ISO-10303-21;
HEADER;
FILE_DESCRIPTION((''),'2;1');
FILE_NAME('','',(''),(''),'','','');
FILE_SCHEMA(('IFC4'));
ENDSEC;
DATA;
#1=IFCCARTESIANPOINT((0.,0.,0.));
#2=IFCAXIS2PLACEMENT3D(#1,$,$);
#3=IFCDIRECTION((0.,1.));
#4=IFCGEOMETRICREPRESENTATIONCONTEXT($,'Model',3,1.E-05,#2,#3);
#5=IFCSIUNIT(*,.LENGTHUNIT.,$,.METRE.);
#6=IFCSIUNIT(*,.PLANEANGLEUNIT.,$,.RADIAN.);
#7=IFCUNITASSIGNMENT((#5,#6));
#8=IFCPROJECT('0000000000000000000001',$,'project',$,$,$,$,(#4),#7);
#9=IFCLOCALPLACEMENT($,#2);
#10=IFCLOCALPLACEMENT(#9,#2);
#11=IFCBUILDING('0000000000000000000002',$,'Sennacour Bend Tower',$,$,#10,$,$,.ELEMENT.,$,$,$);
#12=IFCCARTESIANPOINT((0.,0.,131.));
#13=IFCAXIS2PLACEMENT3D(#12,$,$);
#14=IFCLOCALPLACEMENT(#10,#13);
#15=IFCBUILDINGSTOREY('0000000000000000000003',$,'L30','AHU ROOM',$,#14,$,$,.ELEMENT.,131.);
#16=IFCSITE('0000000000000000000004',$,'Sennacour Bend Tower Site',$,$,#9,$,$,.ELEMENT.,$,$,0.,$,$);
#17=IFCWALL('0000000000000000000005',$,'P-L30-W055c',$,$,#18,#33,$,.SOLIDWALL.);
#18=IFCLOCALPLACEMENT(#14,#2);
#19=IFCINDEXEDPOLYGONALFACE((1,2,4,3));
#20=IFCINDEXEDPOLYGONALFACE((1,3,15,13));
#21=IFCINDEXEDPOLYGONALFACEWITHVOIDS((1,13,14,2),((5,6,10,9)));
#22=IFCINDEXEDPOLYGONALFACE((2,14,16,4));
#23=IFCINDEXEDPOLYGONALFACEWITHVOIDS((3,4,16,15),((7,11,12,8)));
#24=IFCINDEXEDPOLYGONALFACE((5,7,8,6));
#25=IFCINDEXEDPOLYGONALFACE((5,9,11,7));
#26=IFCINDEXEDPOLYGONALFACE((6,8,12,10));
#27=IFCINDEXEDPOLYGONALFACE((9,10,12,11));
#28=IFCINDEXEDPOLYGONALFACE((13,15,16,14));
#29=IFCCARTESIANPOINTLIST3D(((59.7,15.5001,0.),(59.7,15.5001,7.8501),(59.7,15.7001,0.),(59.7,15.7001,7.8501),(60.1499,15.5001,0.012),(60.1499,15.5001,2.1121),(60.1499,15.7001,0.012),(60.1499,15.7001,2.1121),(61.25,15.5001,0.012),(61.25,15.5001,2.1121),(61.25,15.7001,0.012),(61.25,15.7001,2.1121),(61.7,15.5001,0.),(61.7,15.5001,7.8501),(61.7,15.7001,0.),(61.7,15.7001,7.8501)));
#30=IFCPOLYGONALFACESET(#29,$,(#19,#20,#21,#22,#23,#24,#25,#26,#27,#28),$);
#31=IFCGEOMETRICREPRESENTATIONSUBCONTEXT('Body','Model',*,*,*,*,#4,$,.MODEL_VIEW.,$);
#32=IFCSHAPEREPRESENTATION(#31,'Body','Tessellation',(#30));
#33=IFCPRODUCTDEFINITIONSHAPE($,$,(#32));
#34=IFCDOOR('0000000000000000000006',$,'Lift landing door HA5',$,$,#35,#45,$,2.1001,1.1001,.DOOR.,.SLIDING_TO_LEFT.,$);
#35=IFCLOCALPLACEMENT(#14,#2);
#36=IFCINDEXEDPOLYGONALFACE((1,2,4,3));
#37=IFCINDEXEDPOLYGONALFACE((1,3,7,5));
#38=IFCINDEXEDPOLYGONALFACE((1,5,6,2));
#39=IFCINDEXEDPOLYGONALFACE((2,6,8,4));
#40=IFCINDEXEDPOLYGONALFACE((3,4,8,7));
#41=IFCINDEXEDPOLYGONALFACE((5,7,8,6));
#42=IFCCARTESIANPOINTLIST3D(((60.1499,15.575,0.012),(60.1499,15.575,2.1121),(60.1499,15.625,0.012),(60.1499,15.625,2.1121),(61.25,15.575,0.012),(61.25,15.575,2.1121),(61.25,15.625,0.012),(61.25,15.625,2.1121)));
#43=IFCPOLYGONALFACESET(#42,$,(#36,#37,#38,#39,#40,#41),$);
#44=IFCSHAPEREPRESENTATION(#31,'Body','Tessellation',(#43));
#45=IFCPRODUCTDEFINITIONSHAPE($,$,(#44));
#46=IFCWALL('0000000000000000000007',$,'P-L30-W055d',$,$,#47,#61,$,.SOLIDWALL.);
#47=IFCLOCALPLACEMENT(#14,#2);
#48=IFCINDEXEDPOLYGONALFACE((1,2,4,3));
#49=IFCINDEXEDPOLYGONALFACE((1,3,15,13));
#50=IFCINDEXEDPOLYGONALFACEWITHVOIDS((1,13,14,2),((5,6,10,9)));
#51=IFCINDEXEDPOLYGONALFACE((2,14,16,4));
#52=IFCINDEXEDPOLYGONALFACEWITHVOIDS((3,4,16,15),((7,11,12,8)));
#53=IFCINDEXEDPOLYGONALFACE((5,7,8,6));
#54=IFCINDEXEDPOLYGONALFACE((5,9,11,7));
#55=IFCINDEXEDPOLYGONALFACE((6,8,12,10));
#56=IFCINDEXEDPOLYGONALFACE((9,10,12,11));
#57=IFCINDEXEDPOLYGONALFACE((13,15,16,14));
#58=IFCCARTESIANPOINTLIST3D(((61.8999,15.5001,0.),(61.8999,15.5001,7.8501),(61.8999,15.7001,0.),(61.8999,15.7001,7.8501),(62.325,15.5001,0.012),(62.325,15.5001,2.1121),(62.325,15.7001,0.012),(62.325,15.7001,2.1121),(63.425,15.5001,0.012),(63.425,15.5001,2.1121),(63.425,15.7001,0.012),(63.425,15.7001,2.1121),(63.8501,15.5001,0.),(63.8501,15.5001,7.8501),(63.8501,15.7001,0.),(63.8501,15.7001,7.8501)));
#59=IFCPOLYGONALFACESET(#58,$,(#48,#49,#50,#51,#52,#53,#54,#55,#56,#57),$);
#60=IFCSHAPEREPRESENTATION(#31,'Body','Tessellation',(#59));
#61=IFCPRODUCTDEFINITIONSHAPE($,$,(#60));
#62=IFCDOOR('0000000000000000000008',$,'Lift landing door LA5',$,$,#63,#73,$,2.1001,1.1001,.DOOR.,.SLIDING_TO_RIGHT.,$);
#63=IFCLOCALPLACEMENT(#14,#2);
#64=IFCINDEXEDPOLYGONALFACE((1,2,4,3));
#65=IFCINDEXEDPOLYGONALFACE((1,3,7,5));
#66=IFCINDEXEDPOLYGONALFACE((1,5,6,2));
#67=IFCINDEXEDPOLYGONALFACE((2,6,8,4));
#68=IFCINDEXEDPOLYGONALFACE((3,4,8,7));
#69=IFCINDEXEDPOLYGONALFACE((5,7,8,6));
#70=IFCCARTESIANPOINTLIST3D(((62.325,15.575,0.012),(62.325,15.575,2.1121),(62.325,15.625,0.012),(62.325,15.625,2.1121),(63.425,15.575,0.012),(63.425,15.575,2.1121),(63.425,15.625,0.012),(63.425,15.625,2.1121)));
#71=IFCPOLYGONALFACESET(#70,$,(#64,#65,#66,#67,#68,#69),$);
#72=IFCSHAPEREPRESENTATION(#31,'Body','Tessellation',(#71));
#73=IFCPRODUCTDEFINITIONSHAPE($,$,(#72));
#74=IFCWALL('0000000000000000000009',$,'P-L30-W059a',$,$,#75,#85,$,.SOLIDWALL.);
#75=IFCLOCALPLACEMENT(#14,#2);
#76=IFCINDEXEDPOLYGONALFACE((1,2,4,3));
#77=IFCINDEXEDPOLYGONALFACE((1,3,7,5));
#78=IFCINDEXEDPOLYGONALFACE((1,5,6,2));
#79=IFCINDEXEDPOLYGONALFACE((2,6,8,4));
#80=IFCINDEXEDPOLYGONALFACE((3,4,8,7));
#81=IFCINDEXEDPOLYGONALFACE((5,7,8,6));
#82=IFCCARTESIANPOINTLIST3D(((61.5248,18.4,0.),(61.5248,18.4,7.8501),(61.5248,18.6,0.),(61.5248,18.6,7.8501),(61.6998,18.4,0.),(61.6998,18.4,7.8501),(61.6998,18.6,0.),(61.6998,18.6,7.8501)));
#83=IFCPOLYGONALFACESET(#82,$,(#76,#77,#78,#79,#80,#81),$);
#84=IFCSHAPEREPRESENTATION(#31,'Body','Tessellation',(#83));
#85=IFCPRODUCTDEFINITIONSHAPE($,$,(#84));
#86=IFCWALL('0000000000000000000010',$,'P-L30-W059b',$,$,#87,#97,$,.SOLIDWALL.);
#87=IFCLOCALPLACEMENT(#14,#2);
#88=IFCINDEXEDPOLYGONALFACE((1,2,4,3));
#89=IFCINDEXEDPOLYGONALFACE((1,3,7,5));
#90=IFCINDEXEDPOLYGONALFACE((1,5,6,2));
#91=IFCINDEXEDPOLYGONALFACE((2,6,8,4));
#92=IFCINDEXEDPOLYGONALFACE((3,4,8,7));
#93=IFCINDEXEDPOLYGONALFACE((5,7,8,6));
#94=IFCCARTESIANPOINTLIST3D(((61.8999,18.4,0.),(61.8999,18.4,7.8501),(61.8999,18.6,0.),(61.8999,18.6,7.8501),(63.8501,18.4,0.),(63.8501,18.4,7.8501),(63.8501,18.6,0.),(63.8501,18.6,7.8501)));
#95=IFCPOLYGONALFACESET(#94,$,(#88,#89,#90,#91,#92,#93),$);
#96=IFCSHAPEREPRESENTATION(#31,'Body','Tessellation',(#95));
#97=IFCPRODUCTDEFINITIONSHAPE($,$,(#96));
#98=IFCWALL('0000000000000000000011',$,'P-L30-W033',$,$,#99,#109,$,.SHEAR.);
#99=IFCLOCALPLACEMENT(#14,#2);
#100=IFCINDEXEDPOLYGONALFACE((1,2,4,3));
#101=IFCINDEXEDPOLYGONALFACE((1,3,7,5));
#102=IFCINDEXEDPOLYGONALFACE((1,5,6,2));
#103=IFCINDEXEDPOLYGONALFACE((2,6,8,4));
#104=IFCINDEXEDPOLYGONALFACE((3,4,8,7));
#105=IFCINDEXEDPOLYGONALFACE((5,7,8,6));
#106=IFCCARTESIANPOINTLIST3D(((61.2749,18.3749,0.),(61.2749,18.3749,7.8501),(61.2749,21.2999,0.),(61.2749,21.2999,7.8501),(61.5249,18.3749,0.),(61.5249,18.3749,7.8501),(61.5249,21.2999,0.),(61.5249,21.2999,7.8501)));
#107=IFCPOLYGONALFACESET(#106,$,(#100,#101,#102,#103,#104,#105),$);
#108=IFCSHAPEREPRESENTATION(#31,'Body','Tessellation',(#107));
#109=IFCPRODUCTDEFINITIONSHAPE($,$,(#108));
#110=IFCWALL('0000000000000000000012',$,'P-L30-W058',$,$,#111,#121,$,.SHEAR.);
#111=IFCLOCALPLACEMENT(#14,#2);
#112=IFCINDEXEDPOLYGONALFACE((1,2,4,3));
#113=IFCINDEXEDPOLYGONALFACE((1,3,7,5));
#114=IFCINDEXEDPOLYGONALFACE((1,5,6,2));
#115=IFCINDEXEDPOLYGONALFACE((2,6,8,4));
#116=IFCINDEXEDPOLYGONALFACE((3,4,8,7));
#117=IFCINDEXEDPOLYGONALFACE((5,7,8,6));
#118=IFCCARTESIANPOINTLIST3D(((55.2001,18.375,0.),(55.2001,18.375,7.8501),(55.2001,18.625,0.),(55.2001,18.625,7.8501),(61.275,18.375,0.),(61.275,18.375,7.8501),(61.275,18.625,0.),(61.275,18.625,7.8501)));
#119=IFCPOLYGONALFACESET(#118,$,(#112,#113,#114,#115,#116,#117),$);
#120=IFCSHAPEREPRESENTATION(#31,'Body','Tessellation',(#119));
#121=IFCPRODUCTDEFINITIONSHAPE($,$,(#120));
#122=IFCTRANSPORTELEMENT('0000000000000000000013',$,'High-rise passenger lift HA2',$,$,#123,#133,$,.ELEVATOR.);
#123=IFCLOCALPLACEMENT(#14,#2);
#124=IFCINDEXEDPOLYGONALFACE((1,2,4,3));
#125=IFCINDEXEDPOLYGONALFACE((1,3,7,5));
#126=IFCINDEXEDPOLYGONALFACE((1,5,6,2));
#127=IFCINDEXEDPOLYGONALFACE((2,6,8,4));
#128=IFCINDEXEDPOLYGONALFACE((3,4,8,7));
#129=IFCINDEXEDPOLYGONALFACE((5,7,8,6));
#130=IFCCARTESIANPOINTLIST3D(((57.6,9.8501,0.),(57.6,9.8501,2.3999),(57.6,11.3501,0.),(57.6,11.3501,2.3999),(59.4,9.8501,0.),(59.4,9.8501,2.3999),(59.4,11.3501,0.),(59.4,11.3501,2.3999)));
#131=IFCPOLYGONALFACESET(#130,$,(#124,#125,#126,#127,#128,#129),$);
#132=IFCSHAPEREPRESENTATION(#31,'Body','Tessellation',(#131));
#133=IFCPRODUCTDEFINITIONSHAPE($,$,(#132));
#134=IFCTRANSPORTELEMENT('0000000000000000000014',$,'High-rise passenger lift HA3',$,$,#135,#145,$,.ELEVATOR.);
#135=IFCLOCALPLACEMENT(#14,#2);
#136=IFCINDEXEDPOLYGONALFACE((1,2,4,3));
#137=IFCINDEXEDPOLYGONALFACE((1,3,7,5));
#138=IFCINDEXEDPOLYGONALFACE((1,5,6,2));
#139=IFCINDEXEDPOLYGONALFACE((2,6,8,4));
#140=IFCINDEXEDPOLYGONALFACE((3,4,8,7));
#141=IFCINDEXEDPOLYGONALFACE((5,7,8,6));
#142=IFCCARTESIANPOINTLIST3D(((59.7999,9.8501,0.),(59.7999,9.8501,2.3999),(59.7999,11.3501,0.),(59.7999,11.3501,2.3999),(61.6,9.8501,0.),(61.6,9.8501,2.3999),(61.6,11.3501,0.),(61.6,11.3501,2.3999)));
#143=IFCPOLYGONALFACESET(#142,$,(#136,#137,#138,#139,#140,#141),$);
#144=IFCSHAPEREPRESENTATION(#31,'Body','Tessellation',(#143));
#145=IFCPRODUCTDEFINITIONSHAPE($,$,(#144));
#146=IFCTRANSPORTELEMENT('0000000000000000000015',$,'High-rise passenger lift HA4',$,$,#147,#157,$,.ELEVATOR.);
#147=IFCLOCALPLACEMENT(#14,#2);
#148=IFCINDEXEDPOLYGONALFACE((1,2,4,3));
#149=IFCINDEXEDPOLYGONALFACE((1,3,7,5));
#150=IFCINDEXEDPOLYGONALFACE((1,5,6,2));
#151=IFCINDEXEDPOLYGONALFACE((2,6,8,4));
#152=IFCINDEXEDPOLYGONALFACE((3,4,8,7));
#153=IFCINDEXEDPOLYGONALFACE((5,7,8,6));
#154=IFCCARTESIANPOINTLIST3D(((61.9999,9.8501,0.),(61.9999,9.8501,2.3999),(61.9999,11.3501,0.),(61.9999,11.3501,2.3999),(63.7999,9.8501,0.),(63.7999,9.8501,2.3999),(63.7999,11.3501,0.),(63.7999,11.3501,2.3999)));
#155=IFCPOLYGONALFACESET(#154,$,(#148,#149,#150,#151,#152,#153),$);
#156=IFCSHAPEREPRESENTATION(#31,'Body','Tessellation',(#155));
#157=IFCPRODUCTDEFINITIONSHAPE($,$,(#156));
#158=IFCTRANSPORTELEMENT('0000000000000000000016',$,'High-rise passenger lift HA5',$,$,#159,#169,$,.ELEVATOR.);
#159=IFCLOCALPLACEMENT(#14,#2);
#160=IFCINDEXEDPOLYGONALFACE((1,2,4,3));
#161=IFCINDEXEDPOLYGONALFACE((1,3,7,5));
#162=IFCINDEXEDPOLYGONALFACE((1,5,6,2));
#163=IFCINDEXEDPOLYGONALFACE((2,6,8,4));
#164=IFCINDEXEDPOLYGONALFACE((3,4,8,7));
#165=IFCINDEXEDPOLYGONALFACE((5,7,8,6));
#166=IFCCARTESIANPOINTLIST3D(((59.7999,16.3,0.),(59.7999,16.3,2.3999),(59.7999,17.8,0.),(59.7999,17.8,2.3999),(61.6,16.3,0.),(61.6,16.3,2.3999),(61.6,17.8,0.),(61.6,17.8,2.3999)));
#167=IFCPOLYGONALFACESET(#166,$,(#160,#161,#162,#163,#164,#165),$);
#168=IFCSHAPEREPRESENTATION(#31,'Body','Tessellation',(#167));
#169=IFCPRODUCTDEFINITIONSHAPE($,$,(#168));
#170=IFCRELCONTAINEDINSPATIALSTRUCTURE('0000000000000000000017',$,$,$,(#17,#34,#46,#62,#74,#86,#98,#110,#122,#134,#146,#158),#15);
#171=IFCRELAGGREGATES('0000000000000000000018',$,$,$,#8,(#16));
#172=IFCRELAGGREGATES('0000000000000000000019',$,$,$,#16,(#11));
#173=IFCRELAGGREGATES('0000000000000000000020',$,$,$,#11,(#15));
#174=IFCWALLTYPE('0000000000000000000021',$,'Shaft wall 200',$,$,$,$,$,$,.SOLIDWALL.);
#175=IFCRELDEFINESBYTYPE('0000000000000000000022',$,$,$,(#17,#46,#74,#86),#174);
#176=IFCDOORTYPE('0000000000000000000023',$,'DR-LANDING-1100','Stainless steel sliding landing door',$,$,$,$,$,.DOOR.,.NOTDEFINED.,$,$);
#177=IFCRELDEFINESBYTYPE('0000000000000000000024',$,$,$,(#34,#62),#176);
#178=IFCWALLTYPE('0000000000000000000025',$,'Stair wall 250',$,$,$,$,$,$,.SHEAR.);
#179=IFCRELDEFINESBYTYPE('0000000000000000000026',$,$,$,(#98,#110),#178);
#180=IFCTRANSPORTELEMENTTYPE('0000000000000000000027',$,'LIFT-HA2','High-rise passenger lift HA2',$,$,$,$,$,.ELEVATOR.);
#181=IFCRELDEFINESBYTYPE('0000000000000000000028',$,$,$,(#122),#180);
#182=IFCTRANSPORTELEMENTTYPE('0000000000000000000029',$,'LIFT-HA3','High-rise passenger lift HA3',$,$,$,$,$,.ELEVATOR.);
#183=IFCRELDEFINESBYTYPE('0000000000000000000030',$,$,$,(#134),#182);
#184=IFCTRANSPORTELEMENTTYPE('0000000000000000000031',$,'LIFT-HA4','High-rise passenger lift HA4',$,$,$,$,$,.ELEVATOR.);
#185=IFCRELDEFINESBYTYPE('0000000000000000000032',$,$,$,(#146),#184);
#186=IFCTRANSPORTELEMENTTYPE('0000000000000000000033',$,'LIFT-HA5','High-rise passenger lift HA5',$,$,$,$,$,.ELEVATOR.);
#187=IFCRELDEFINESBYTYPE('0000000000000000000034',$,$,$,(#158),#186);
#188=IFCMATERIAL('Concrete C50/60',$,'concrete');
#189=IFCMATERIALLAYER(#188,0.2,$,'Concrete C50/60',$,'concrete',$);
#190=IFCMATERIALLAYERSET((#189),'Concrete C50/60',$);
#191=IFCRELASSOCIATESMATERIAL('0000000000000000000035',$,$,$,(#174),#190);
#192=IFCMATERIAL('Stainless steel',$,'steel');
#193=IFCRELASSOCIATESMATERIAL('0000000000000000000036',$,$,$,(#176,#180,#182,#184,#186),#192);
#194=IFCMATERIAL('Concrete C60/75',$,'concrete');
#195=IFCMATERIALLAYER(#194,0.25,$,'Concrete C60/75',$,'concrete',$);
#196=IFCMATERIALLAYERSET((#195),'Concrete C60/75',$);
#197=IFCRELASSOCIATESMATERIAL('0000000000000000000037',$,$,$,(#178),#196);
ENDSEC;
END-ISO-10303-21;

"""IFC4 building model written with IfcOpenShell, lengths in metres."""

from ifc_helpers import new_model, si_unit, direction, frame, frame_2d, origin, origin_2d, place, context, subcontext, project, spatial, rectangle, extrude, material, layer, layer_set, type_object, element, fill, save


model = new_model("IFC4")

# Units and contexts
model_context = context("Model", 3, precision=1e-05, world=origin(), true_north=direction((0.0, 1.0)))
body_context = subcontext(model_context, "Body", "Model", "MODEL_VIEW")
ifc_project = project(units=[si_unit("LENGTHUNIT", "METRE"), si_unit("PLANEANGLEUNIT", "RADIAN")], contexts=[model_context])

# Site, building, storey
site_placement = place(None, origin())
site = spatial("IfcSite", under=ifc_project, at=site_placement, Name="Sennacour Bend Tower Site", CompositionType="ELEMENT", RefElevation=0.0)
building_placement = place(site_placement, origin())
building = spatial("IfcBuilding", under=site, at=building_placement, Name="Sennacour Bend Tower", CompositionType="ELEMENT")
storey_placement = place(building_placement, frame((0.0, 0.0, 131.0)))
storey = spatial("IfcBuildingStorey", under=building, at=storey_placement, Name="L30", Description="AHU ROOM", CompositionType="ELEMENT", Elevation=131.0)

# Shared definitions
ifc_material_1 = material(Name="Concrete C50/60", Category="concrete")
ifc_layer_1 = layer(ifc_material_1, 0.2, Name="Concrete C50/60", Category="concrete")
ifc_layer_set_1 = layer_set([ifc_layer_1], Name="Concrete C50/60")
wall_type_1 = type_object("IfcWallType", Name="Shaft wall 200", PredefinedType="SOLIDWALL", material=ifc_layer_set_1)

# Walls, openings, doors
ifc_material_2 = material(Name="Stainless steel", Category="steel")
wall_1_placement = place(storey_placement, frame((59.7, 15.6001, 0.0), z_axis=(0.0, 0.0, 1.0), x_axis=(1.0, 0.0, 0.0)))
wall_1 = element("IfcWall", 1, at=wall_1_placement, inside=storey, type_object=wall_type_1, Name="P-L30-W055c", PredefinedType="SOLIDWALL", context=body_context, shape_type="SweptSolid", body=[
    extrude(rectangle(XDim=2.0, YDim=0.2, at=frame_2d((1.0, 0.0))), origin(), (0.0, 0.0, 1.0), 7.8501),
])
opening_1_placement = place(wall_1_placement, frame((0.45, 0.0, 0.012)))
opening_1 = element("IfcOpeningElement", 2, at=opening_1_placement, cuts=wall_1, PredefinedType="OPENING", context=body_context, shape_type="SweptSolid", body=[
    extrude(rectangle(XDim=1.1001, YDim=2.1001, at=frame_2d((0.55, 1.05))), frame((0.0, 0.1099, 0.0), z_axis=(0.0, -1.0, 0.0), x_axis=(1.0, 0.0, 0.0)), (0.0, 0.0, 1.0), 0.22),
])
door_type_1 = type_object("IfcDoorType", Name="DR-LANDING-1100", Description="Stainless steel sliding landing door", OperationType="NOTDEFINED", PredefinedType="DOOR", material=ifc_material_2)
door_1_placement = place(opening_1_placement, origin())
door_1 = element("IfcDoor", 3, at=door_1_placement, inside=storey, type_object=door_type_1, Name="Lift landing door HA5", OperationType="SLIDING_TO_LEFT", OverallHeight=2.1001, OverallWidth=1.1001, PredefinedType="DOOR", context=body_context, shape_type="SweptSolid", body=[
    extrude(rectangle(XDim=1.1001, YDim=2.1001, at=frame_2d((0.55, 1.05))), frame((0.0, 0.0249, 0.0), z_axis=(0.0, -1.0, 0.0), x_axis=(1.0, 0.0, 0.0)), (0.0, 0.0, 1.0), 0.05),
])
fill(opening_1, door_1)
wall_2_placement = place(storey_placement, frame((61.8999, 15.6001, 0.0), z_axis=(0.0, 0.0, 1.0), x_axis=(1.0, 0.0, 0.0)))
wall_2 = element("IfcWall", 4, at=wall_2_placement, inside=storey, type_object=wall_type_1, Name="P-L30-W055d", PredefinedType="SOLIDWALL", context=body_context, shape_type="SweptSolid", body=[
    extrude(rectangle(XDim=1.9502, YDim=0.2, at=frame_2d((0.9751, 0.0))), origin(), (0.0, 0.0, 1.0), 7.8501),
])
opening_2_placement = place(wall_2_placement, frame((0.425, 0.0, 0.012)))
opening_2 = element("IfcOpeningElement", 5, at=opening_2_placement, cuts=wall_2, PredefinedType="OPENING", context=body_context, shape_type="SweptSolid", body=[
    extrude(rectangle(XDim=1.1001, YDim=2.1001, at=frame_2d((0.55, 1.05))), frame((0.0, 0.1099, 0.0), z_axis=(0.0, -1.0, 0.0), x_axis=(1.0, 0.0, 0.0)), (0.0, 0.0, 1.0), 0.22),
])
door_2_placement = place(opening_2_placement, origin())
door_2 = element("IfcDoor", 6, at=door_2_placement, inside=storey, type_object=door_type_1, Name="Lift landing door LA5", OperationType="SLIDING_TO_RIGHT", OverallHeight=2.1001, OverallWidth=1.1001, PredefinedType="DOOR", context=body_context, shape_type="SweptSolid", body=[
    extrude(rectangle(XDim=1.1001, YDim=2.1001, at=frame_2d((0.55, 1.05))), frame((0.0, 0.0249, 0.0), z_axis=(0.0, -1.0, 0.0), x_axis=(1.0, 0.0, 0.0)), (0.0, 0.0, 1.0), 0.05),
])
fill(opening_2, door_2)

# Walls
wall_3_placement = place(storey_placement, frame((61.5249, 18.5, 0.0), z_axis=(0.0, 0.0, 1.0), x_axis=(1.0, 0.0, 0.0)))
element("IfcWall", 7, at=wall_3_placement, inside=storey, type_object=wall_type_1, Name="P-L30-W059a", PredefinedType="SOLIDWALL", context=body_context, shape_type="SweptSolid", body=[
    extrude(rectangle(XDim=0.175, YDim=0.2, at=frame_2d((0.0874, 0.0))), origin(), (0.0, 0.0, 1.0), 7.8501),
])
wall_4_placement = place(storey_placement, frame((61.8999, 18.5, 0.0), z_axis=(0.0, 0.0, 1.0), x_axis=(1.0, 0.0, 0.0)))
element("IfcWall", 8, at=wall_4_placement, inside=storey, type_object=wall_type_1, Name="P-L30-W059b", PredefinedType="SOLIDWALL", context=body_context, shape_type="SweptSolid", body=[
    extrude(rectangle(XDim=1.9502, YDim=0.2, at=frame_2d((0.9751, 0.0))), origin(), (0.0, 0.0, 1.0), 7.8501),
])
ifc_material_3 = material(Name="Concrete C60/75", Category="concrete")
ifc_layer_2 = layer(ifc_material_3, 0.25, Name="Concrete C60/75", Category="concrete")
ifc_layer_set_2 = layer_set([ifc_layer_2], Name="Concrete C60/75")
wall_type_2 = type_object("IfcWallType", Name="Stair wall 250", PredefinedType="SHEAR", material=ifc_layer_set_2)
wall_5_placement = place(storey_placement, frame((61.3999, 18.375, 0.0), z_axis=(0.0, 0.0, 1.0), x_axis=(0.0, 1.0, 0.0)))
element("IfcWall", 9, at=wall_5_placement, inside=storey, type_object=wall_type_2, Name="P-L30-W033", PredefinedType="SHEAR", context=body_context, shape_type="SweptSolid", body=[
    extrude(rectangle(XDim=2.925, YDim=0.25, at=frame_2d((1.4624, 0.0))), origin(), (0.0, 0.0, 1.0), 7.8501),
])
wall_6_placement = place(storey_placement, frame((55.2, 18.5, 0.0), z_axis=(0.0, 0.0, 1.0), x_axis=(1.0, 0.0, 0.0)))
element("IfcWall", 10, at=wall_6_placement, inside=storey, type_object=wall_type_2, Name="P-L30-W058", PredefinedType="SHEAR", context=body_context, shape_type="SweptSolid", body=[
    extrude(rectangle(XDim=6.075, YDim=0.25, at=frame_2d((3.0376, 0.0))), origin(), (0.0, 0.0, 1.0), 7.8501),
])

# Transport elements
transport_element_type_1 = type_object("IfcTransportElementType", Name="LIFT-HA2", Description="High-rise passenger lift HA2", PredefinedType="ELEVATOR", material=ifc_material_2)
transport_element_1_placement = place(storey_placement, frame((58.5, 10.6001, 0.0), z_axis=(0.0, 0.0, 1.0), x_axis=(1.0, 0.0, 0.0)))
element("IfcTransportElement", 11, at=transport_element_1_placement, inside=storey, type_object=transport_element_type_1, Name="High-rise passenger lift HA2", PredefinedType="ELEVATOR", context=body_context, shape_type="SweptSolid", body=[
    extrude(rectangle(XDim=1.8, YDim=1.5, at=origin_2d()), origin(), (0.0, 0.0, 1.0), 2.3999),
])
transport_element_type_2 = type_object("IfcTransportElementType", Name="LIFT-HA3", Description="High-rise passenger lift HA3", PredefinedType="ELEVATOR", material=ifc_material_2)
transport_element_2_placement = place(storey_placement, frame((60.7, 10.6001, 0.0), z_axis=(0.0, 0.0, 1.0), x_axis=(1.0, 0.0, 0.0)))
element("IfcTransportElement", 12, at=transport_element_2_placement, inside=storey, type_object=transport_element_type_2, Name="High-rise passenger lift HA3", PredefinedType="ELEVATOR", context=body_context, shape_type="SweptSolid", body=[
    extrude(rectangle(XDim=1.8, YDim=1.5, at=origin_2d()), origin(), (0.0, 0.0, 1.0), 2.3999),
])
transport_element_type_3 = type_object("IfcTransportElementType", Name="LIFT-HA4", Description="High-rise passenger lift HA4", PredefinedType="ELEVATOR", material=ifc_material_2)
transport_element_3_placement = place(storey_placement, frame((62.8999, 10.6001, 0.0), z_axis=(0.0, 0.0, 1.0), x_axis=(1.0, 0.0, 0.0)))
element("IfcTransportElement", 13, at=transport_element_3_placement, inside=storey, type_object=transport_element_type_3, Name="High-rise passenger lift HA4", PredefinedType="ELEVATOR", context=body_context, shape_type="SweptSolid", body=[
    extrude(rectangle(XDim=1.8, YDim=1.5, at=origin_2d()), origin(), (0.0, 0.0, 1.0), 2.3999),
])
transport_element_type_4 = type_object("IfcTransportElementType", Name="LIFT-HA5", Description="High-rise passenger lift HA5", PredefinedType="ELEVATOR", material=ifc_material_2)
transport_element_4_placement = place(storey_placement, frame((60.7, 17.05, 0.0), z_axis=(0.0, 0.0, 1.0), x_axis=(1.0, 0.0, 0.0)))
element("IfcTransportElement", 14, at=transport_element_4_placement, inside=storey, type_object=transport_element_type_4, Name="High-rise passenger lift HA5", PredefinedType="ELEVATOR", context=body_context, shape_type="SweptSolid", body=[
    extrude(rectangle(XDim=1.8, YDim=1.5, at=origin_2d()), origin(), (0.0, 0.0, 1.0), 2.3999),
])

save(model, "model.ifc")
